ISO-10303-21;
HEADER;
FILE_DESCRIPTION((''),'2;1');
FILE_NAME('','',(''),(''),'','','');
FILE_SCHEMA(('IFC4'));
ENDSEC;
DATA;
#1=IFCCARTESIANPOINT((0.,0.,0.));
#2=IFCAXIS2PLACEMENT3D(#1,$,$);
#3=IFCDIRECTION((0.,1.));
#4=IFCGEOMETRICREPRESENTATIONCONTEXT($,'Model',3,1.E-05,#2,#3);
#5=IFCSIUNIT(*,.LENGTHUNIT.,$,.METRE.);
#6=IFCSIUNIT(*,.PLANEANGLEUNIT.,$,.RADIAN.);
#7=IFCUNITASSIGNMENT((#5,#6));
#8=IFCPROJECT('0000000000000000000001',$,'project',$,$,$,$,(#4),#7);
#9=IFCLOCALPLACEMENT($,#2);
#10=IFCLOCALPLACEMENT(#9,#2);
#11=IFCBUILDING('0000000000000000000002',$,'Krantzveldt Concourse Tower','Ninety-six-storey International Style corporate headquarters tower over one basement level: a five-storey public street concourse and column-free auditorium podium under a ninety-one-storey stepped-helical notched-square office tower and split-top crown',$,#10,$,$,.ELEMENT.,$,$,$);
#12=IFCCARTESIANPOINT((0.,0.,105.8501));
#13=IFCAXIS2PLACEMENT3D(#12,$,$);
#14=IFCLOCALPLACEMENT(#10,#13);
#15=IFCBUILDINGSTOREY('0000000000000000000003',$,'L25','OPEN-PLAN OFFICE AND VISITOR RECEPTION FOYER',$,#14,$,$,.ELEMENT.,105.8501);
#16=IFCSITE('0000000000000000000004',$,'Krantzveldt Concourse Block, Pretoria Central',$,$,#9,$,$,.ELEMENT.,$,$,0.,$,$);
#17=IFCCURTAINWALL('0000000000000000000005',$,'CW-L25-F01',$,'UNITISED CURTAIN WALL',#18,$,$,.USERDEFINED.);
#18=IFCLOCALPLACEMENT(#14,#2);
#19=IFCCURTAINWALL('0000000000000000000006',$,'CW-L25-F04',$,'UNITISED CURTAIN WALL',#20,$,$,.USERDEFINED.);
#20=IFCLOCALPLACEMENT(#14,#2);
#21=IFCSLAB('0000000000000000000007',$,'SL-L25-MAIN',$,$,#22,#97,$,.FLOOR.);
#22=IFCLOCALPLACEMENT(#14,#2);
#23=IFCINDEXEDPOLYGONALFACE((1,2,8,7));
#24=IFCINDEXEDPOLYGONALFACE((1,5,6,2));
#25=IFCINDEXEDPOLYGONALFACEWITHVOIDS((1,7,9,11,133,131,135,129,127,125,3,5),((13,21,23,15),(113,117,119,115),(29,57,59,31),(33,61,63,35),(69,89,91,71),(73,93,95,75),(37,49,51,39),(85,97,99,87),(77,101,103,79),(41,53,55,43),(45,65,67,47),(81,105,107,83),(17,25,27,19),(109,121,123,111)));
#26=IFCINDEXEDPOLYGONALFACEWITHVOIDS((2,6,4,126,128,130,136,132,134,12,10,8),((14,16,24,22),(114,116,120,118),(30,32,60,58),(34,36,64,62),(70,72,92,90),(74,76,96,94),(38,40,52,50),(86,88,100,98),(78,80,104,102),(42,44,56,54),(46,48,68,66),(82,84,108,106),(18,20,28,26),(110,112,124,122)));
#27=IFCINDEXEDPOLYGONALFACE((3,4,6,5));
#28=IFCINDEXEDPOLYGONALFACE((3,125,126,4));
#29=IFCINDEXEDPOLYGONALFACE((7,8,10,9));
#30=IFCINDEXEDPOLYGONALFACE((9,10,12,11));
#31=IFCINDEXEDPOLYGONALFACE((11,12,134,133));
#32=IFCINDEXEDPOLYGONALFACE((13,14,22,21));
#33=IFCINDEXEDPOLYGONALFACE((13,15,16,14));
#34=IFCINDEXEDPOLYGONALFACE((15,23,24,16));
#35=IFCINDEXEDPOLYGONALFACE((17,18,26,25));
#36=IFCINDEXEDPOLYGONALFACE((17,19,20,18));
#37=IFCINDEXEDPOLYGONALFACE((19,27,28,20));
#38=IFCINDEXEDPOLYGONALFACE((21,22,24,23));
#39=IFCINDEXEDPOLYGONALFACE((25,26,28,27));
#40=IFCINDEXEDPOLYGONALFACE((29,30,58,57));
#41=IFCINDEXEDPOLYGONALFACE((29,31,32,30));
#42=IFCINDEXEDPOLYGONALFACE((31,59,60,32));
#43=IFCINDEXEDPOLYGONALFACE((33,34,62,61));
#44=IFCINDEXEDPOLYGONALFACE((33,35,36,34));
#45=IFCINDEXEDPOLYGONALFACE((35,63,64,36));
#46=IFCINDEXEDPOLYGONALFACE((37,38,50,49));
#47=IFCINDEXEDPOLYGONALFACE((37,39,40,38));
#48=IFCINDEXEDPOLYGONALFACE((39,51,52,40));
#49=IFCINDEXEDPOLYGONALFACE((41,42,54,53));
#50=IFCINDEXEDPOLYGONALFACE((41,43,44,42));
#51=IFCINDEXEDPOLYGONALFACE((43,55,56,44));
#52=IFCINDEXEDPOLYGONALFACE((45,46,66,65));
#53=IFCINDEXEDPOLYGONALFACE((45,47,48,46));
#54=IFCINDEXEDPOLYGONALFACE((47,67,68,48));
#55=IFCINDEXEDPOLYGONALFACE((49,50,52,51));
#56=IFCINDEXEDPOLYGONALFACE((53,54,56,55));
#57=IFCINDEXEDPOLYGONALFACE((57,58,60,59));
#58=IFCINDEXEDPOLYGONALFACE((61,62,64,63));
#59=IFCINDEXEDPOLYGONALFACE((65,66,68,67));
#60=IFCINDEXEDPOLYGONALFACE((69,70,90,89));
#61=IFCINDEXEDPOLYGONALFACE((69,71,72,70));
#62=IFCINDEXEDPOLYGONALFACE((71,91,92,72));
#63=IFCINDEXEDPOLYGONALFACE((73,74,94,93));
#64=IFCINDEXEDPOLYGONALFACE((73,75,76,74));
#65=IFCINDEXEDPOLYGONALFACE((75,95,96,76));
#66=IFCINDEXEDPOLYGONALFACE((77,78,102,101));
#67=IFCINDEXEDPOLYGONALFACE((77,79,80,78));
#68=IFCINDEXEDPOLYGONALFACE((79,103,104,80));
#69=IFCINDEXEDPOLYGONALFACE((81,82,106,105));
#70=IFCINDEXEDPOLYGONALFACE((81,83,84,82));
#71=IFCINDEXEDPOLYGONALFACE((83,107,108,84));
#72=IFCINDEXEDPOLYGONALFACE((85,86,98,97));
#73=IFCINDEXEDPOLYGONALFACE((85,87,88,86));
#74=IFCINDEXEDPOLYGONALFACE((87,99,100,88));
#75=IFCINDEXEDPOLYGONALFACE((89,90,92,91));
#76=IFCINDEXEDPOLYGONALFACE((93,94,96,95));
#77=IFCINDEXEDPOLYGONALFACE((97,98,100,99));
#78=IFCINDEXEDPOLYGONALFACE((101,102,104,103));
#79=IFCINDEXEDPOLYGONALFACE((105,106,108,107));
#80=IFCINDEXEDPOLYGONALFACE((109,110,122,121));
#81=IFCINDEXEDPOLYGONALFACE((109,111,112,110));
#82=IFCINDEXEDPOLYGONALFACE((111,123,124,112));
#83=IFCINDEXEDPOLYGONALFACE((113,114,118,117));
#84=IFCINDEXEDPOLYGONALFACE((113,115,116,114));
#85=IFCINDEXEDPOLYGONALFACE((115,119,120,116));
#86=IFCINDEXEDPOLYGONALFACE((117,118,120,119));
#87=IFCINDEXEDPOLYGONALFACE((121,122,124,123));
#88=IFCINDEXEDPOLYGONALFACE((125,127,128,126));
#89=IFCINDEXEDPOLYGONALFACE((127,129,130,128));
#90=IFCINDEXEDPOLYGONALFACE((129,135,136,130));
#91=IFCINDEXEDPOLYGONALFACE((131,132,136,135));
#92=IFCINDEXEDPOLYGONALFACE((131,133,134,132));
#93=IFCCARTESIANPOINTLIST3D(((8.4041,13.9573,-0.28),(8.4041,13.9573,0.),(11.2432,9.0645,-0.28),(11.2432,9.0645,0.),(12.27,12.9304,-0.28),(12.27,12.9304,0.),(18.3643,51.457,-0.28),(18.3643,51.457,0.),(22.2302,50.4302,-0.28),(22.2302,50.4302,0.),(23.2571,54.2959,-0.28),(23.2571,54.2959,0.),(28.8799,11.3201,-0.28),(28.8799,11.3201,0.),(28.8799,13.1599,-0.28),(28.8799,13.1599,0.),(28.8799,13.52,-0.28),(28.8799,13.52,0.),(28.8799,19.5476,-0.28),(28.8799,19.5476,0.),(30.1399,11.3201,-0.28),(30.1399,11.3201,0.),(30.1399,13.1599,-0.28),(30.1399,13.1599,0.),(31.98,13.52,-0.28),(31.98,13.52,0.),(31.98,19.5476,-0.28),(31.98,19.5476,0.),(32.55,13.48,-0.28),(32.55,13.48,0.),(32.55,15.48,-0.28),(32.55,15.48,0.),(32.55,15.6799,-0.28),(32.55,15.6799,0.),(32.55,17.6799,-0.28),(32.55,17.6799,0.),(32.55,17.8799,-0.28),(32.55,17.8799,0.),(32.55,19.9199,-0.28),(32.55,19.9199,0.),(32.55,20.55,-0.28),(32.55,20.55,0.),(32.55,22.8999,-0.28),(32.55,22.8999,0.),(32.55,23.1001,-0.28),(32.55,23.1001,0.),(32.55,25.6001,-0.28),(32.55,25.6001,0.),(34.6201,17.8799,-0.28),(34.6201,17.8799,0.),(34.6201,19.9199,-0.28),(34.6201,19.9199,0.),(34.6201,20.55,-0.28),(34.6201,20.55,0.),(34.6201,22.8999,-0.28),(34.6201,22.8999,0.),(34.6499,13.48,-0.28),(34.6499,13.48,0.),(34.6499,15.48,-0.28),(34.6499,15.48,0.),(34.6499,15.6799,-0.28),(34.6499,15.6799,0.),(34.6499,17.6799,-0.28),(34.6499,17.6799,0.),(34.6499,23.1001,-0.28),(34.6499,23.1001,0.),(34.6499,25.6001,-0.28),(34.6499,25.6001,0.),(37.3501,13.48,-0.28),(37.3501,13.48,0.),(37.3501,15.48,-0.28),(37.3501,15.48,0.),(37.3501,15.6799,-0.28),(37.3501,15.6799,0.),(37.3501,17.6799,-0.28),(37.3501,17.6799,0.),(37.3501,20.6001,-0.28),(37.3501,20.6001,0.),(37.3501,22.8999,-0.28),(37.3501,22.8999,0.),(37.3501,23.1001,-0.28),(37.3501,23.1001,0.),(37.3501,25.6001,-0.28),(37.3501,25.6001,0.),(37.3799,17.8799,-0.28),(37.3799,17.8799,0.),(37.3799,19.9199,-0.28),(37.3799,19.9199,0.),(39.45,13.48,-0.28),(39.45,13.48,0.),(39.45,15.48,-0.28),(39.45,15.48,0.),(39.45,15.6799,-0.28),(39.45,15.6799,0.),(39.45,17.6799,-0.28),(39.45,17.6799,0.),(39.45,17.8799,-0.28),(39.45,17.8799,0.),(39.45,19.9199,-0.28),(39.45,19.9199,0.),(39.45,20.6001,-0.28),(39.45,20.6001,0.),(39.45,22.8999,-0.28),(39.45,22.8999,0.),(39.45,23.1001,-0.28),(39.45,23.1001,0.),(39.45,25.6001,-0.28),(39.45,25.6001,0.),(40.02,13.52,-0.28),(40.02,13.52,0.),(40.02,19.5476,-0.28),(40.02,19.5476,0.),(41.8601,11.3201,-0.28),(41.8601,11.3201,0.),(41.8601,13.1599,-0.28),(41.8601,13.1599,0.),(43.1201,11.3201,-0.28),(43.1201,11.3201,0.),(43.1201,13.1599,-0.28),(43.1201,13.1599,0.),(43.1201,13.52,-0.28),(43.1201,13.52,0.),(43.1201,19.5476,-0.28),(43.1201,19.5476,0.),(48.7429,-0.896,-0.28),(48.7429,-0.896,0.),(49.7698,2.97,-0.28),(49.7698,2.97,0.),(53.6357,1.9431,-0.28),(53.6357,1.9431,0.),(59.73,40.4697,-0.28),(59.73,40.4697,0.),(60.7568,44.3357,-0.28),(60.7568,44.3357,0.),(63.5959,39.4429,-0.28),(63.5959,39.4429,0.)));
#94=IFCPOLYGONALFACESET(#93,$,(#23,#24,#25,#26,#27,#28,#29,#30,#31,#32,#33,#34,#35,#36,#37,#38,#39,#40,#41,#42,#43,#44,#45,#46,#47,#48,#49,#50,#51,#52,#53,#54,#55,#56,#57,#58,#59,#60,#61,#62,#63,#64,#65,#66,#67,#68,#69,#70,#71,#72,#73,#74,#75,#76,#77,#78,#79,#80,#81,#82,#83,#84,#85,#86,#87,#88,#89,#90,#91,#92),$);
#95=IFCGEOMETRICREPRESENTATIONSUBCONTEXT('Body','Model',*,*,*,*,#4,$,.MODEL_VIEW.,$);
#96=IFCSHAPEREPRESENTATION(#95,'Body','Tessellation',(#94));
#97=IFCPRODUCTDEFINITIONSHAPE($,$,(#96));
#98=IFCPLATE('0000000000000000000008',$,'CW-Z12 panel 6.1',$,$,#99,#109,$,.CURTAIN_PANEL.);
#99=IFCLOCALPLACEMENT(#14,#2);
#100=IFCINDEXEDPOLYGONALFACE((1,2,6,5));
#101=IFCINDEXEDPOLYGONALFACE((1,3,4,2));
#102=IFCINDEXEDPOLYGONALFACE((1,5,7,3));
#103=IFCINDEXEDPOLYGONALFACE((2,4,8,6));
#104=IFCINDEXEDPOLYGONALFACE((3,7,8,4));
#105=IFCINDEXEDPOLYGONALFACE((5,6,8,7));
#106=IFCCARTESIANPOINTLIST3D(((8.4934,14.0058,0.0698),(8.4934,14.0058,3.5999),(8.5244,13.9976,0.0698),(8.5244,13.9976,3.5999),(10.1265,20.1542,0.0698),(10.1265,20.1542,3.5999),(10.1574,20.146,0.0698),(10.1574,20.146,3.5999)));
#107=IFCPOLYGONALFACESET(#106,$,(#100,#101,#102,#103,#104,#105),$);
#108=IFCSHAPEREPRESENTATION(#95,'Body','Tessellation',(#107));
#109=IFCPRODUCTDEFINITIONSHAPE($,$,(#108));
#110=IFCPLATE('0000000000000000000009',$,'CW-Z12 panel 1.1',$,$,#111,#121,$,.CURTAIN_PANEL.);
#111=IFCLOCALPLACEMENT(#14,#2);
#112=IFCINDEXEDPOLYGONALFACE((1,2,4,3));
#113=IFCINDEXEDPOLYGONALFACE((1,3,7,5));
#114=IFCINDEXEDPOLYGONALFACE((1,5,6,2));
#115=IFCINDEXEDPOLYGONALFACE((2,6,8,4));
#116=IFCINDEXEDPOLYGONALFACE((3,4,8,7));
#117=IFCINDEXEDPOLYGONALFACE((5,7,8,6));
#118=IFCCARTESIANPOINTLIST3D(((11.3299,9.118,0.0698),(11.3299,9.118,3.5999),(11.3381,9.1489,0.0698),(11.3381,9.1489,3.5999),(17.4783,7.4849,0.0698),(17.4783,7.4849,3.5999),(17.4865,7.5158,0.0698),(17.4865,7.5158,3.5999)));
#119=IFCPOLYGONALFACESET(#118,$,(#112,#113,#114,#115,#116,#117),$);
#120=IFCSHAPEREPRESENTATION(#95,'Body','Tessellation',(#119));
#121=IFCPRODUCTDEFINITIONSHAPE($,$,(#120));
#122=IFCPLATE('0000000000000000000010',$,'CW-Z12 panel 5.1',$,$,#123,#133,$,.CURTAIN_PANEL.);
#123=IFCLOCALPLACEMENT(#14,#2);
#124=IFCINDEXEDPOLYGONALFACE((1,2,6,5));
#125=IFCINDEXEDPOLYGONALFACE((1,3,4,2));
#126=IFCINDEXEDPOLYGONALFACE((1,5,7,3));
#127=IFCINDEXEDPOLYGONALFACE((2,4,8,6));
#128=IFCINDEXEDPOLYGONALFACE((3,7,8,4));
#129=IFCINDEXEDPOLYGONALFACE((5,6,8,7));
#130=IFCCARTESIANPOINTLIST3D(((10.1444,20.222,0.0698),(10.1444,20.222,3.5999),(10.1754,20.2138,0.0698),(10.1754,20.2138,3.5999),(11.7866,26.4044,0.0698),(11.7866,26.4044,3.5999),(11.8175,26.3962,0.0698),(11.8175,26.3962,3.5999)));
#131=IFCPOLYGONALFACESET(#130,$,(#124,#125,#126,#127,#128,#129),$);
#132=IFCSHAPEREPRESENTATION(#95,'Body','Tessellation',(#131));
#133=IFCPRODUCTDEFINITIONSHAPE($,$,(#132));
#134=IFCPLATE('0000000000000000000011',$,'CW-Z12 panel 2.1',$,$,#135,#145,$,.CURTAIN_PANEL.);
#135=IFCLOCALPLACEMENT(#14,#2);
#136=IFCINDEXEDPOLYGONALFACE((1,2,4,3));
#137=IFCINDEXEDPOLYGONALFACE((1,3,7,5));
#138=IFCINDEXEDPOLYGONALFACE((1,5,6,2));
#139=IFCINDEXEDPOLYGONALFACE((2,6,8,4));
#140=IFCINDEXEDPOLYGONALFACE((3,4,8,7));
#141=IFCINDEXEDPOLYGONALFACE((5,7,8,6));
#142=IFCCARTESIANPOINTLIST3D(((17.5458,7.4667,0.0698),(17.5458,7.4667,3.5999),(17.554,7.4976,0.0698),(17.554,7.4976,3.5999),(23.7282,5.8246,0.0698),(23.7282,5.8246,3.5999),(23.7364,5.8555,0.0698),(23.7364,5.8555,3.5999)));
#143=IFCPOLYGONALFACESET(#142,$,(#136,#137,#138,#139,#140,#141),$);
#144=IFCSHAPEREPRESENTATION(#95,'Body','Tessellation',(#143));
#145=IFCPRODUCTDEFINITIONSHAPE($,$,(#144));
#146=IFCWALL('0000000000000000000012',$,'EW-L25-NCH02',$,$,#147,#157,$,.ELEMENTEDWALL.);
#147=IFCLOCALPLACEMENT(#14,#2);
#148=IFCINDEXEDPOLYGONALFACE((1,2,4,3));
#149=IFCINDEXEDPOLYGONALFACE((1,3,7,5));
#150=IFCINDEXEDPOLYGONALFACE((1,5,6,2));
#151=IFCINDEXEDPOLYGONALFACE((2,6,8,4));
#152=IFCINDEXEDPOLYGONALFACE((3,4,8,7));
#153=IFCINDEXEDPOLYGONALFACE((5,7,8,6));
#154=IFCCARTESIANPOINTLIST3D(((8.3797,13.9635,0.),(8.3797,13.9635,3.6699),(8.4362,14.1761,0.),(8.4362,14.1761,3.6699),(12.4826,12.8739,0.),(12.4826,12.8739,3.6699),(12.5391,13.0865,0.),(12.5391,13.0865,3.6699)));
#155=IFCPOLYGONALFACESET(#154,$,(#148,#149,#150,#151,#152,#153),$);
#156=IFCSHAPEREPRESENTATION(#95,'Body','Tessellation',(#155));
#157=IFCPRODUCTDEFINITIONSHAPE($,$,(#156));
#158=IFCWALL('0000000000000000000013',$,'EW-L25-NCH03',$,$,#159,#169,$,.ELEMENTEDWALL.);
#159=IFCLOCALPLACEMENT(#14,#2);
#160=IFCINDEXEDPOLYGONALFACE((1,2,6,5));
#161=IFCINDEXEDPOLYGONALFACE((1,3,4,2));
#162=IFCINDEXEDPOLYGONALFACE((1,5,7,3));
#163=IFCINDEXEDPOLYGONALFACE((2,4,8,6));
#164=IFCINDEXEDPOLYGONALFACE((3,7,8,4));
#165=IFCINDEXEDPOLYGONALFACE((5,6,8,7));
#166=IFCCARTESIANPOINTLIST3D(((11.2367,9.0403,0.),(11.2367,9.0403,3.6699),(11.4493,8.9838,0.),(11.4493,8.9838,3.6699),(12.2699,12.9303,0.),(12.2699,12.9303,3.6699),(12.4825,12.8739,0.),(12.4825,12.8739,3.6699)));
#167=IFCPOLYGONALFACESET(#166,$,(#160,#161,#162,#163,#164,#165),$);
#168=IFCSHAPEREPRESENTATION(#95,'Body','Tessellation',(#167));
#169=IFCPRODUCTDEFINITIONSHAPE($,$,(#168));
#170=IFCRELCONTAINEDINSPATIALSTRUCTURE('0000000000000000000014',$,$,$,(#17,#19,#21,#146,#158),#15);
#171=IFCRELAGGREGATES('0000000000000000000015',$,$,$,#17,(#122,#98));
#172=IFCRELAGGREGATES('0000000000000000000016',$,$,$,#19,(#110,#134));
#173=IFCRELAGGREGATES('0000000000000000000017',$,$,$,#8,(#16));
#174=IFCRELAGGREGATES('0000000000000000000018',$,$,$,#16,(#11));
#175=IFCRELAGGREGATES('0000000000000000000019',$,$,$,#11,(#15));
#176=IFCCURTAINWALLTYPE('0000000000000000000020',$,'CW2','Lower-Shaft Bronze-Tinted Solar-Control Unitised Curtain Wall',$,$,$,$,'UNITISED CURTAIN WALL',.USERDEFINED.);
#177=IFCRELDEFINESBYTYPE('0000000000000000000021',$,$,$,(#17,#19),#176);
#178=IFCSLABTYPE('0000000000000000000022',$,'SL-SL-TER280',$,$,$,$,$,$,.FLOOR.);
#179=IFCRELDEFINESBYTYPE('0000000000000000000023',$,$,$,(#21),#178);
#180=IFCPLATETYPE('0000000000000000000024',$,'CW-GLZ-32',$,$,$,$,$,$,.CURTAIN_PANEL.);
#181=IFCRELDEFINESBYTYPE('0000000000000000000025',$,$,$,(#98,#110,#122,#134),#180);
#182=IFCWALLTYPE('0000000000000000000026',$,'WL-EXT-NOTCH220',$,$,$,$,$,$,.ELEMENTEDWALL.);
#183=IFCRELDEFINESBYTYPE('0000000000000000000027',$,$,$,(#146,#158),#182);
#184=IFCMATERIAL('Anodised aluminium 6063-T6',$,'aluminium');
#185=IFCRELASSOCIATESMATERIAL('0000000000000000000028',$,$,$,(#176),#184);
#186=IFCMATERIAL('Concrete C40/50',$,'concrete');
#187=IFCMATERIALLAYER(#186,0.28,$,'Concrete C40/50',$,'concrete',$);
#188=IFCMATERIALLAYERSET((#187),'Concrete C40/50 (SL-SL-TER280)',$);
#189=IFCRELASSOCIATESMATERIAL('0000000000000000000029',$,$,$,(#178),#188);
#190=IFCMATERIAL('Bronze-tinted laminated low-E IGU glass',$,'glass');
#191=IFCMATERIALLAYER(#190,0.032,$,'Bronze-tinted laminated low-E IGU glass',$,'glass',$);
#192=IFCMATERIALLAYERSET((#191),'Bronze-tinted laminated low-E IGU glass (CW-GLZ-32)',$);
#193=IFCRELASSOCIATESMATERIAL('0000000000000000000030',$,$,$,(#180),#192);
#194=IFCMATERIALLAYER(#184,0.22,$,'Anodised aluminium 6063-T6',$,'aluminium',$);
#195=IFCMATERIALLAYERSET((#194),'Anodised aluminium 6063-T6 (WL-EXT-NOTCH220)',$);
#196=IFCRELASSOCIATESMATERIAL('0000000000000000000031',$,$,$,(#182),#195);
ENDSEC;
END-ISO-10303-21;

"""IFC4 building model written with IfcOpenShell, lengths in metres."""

from ifc_helpers import new_model, si_unit, direction, frame, frame_2d, origin, origin_2d, place, context, subcontext, project, spatial, polyline, rectangle, outline, extrude, source, transform, mapped, material, layer, layer_set, type_object, type_shapes, element, aggregate, save


model = new_model("IFC4")

# Units and contexts
model_context = context("Model", 3, precision=1e-05, world=origin(), true_north=direction((0.0, 1.0)))
body_context = subcontext(model_context, "Body", "Model", "MODEL_VIEW")
ifc_project = project(units=[si_unit("LENGTHUNIT", "METRE"), si_unit("PLANEANGLEUNIT", "RADIAN")], contexts=[model_context])

# Site, building, storey
site_placement = place(None, origin())
site = spatial("IfcSite", under=ifc_project, at=site_placement, Name="Krantzveldt Concourse Block, Pretoria Central", CompositionType="ELEMENT", RefElevation=0.0)
building_placement = place(site_placement, origin())
building = spatial("IfcBuilding", under=site, at=building_placement, Name="Krantzveldt Concourse Tower", Description="Ninety-six-storey International Style corporate headquarters tower over one basement level: a five-storey public street concourse and column-free auditorium podium under a ninety-one-storey stepped-helical notched-square office tower and split-top crown", CompositionType="ELEMENT")
storey_placement = place(building_placement, frame((0.0, 0.0, 105.8501)))
storey = spatial("IfcBuildingStorey", under=building, at=storey_placement, Name="L25", Description="OPEN-PLAN OFFICE AND VISITOR RECEPTION FOYER", CompositionType="ELEMENT", Elevation=105.8501)

# Curtain walls
ifc_material_1 = material(Name="Anodised aluminium 6063-T6", Category="aluminium")
curtain_wall_type = type_object("IfcCurtainWallType", Name="CW2", Description="Lower-Shaft Bronze-Tinted Solar-Control Unitised Curtain Wall", ElementType="UNITISED CURTAIN WALL", PredefinedType="USERDEFINED", material=ifc_material_1)
curtain_wall_1_placement = place(storey_placement, origin())
curtain_wall_1 = element("IfcCurtainWall", 1, at=curtain_wall_1_placement, inside=storey, type_object=curtain_wall_type, Name="CW-L25-F01", ObjectType="UNITISED CURTAIN WALL", PredefinedType="USERDEFINED")
curtain_wall_2_placement = place(storey_placement, origin())
curtain_wall_2 = element("IfcCurtainWall", 2, at=curtain_wall_2_placement, inside=storey, type_object=curtain_wall_type, Name="CW-L25-F04", ObjectType="UNITISED CURTAIN WALL", PredefinedType="USERDEFINED")

# Slab
ifc_material_2 = material(Name="Concrete C40/50", Category="concrete")
ifc_layer_1 = layer(ifc_material_2, 0.28, Name="Concrete C40/50", Category="concrete")
ifc_layer_set_1 = layer_set([ifc_layer_1], Name="Concrete C40/50 (SL-SL-TER280)")
slab_type_1 = type_object("IfcSlabType", Name="SL-SL-TER280", PredefinedType="FLOOR", material=ifc_layer_set_1)
slab_1_placement = place(storey_placement, frame((0.0, 0.0, -0.28)))
element("IfcSlab", 3, at=slab_1_placement, inside=storey, type_object=slab_type_1, Name="SL-L25-MAIN", PredefinedType="FLOOR", context=body_context, shape_type="SweptSolid", body=[
    extrude(outline(polyline([(22.2302, 50.4302), (18.3643, 51.457), (8.4041, 13.9573), (12.27, 12.9304), (11.2432, 9.0645), (48.7429, -0.896), (49.7698, 2.97), (53.6357, 1.9431), (63.5959, 39.4429), (59.73, 40.4697), (60.7568, 44.3357), (23.2571, 54.2959), (22.2302, 50.4302)]), holes=[polyline([(28.8799, 19.5476), (28.8799, 13.52), (31.98, 13.52), (31.98, 19.5476), (28.8799, 19.5476)]), polyline([(40.02, 19.5476), (40.02, 13.52), (43.1201, 13.52), (43.1201, 19.5476), (40.02, 19.5476)]), polyline([(32.55, 23.1001), (34.6499, 23.1001), (34.6499, 25.6001), (32.55, 25.6001), (32.55, 23.1001)]), polyline([(37.3501, 23.1001), (39.45, 23.1001), (39.45, 25.6001), (37.3501, 25.6001), (37.3501, 23.1001)]), polyline([(37.3501, 20.6001), (39.45, 20.6001), (39.45, 22.8999), (37.3501, 22.8999), (37.3501, 20.6001)]), polyline([(32.55, 13.48), (34.6499, 13.48), (34.6499, 15.48), (32.55, 15.48), (32.55, 13.48)]), polyline([(32.55, 15.6799), (34.6499, 15.6799), (34.6499, 17.6799), (32.55, 17.6799), (32.55, 15.6799)]), polyline([(37.3501, 13.48), (39.45, 13.48), (39.45, 15.48), (37.3501, 15.48), (37.3501, 13.48)]), polyline([(37.3501, 15.6799), (39.45, 15.6799), (39.45, 17.6799), (37.3501, 17.6799), (37.3501, 15.6799)]), polyline([(32.55, 20.55), (34.6201, 20.55), (34.6201, 22.8999), (32.55, 22.8999), (32.55, 20.55)]), polyline([(32.55, 17.8799), (34.6201, 17.8799), (34.6201, 19.9199), (32.55, 19.9199), (32.55, 17.8799)]), polyline([(37.3799, 17.8799), (39.45, 17.8799), (39.45, 19.9199), (37.3799, 19.9199), (37.3799, 17.8799)]), polyline([(28.8799, 11.3201), (30.1399, 11.3201), (30.1399, 13.1599), (28.8799, 13.1599), (28.8799, 11.3201)]), polyline([(41.8601, 11.3201), (43.1201, 11.3201), (43.1201, 13.1599), (41.8601, 13.1599), (41.8601, 11.3201)])]), origin(), (0.0, 0.0, 1.0), 0.28),
])

# Plates
ifc_material_3 = material(Name="Bronze-tinted laminated low-E IGU glass", Category="glass")
ifc_layer_2 = layer(ifc_material_3, 0.032, Name="Bronze-tinted laminated low-E IGU glass", Category="glass")
ifc_layer_set_2 = layer_set([ifc_layer_2], Name="Bronze-tinted laminated low-E IGU glass (CW-GLZ-32)")
plate_type = type_object("IfcPlateType", Name="CW-GLZ-32", PredefinedType="CURTAIN_PANEL", material=ifc_layer_set_2)
shared_shape_1 = source(origin(), body_context, "Body", "SweptSolid", [
    extrude(rectangle(XDim=6.3616, YDim=0.032, at=origin_2d()), origin(), (0.0, 0.0, 1.0), 3.53),
])
plate_1_placement = place(storey_placement, frame((9.3254, 17.0759, 0.0698), z_axis=(0.0, 0.0, 1.0), x_axis=(-0.256711, -0.966488, 0.0)))
plate_1 = element("IfcPlate", 4, at=plate_1_placement, type_object=plate_type, Name="CW-Z12 panel 6.1", PredefinedType="CURTAIN_PANEL", context=body_context, shape_type="MappedRepresentation", body=[
    mapped(shared_shape_1, transform((0.0, 0.0, 0.0), x_axis=(1.0, 0.0, 0.0), y_axis=(0.0, 1.0, 0.0), z_axis=(0.0, 0.0, 1.0), scale=1.0)),
])
plate_2_placement = place(storey_placement, frame((14.4082, 8.3169, 0.0698), z_axis=(0.0, 0.0, 1.0), x_axis=(0.966488, -0.256711, 0.0)))
plate_2 = element("IfcPlate", 5, at=plate_2_placement, type_object=plate_type, Name="CW-Z12 panel 1.1", PredefinedType="CURTAIN_PANEL", context=body_context, shape_type="MappedRepresentation", body=[
    mapped(shared_shape_1, transform((0.0, 0.0, 0.0), x_axis=(1.0, 0.0, 0.0), y_axis=(0.0, 1.0, 0.0), z_axis=(0.0, 0.0, 1.0), scale=1.0)),
])
shared_shape_2 = source(origin(), body_context, "Body", "SweptSolid", [
    extrude(rectangle(XDim=6.3967, YDim=0.032, at=origin_2d()), origin(), (0.0, 0.0, 1.0), 3.53),
])
type_shapes(plate_type, [shared_shape_1, shared_shape_2])
plate_3_placement = place(storey_placement, frame((10.981, 23.3091, 0.0698), z_axis=(0.0, 0.0, 1.0), x_axis=(-0.256711, -0.966488, 0.0)))
plate_3 = element("IfcPlate", 6, at=plate_3_placement, type_object=plate_type, Name="CW-Z12 panel 5.1", PredefinedType="CURTAIN_PANEL", context=body_context, shape_type="MappedRepresentation", body=[
    mapped(shared_shape_2, transform((0.0, 0.0, 0.0), x_axis=(1.0, 0.0, 0.0), y_axis=(0.0, 1.0, 0.0), z_axis=(0.0, 0.0, 1.0), scale=1.0)),
])
aggregate(curtain_wall_1, [plate_3, plate_1])
plate_4_placement = place(storey_placement, frame((20.6411, 6.6611, 0.0698), z_axis=(0.0, 0.0, 1.0), x_axis=(0.966488, -0.256711, 0.0)))
plate_4 = element("IfcPlate", 7, at=plate_4_placement, type_object=plate_type, Name="CW-Z12 panel 2.1", PredefinedType="CURTAIN_PANEL", context=body_context, shape_type="MappedRepresentation", body=[
    mapped(shared_shape_2, transform((0.0, 0.0, 0.0), x_axis=(1.0, 0.0, 0.0), y_axis=(0.0, 1.0, 0.0), z_axis=(0.0, 0.0, 1.0), scale=1.0)),
])
aggregate(curtain_wall_2, [plate_2, plate_4])

# Walls
ifc_layer_3 = layer(ifc_material_1, 0.22, Name="Anodised aluminium 6063-T6", Category="aluminium")
ifc_layer_set_3 = layer_set([ifc_layer_3], Name="Anodised aluminium 6063-T6 (WL-EXT-NOTCH220)")
wall_type = type_object("IfcWallType", Name="WL-EXT-NOTCH220", PredefinedType="ELEMENTEDWALL", material=ifc_layer_set_3)
wall_1_placement = place(storey_placement, frame((8.408, 14.0698, 0.0), z_axis=(0.0, 0.0, 1.0), x_axis=(0.966497, -0.256678, 0.0)))
element("IfcWall", 8, at=wall_1_placement, inside=storey, type_object=wall_type, Name="EW-L25-NCH02", PredefinedType="ELEMENTEDWALL", context=body_context, shape_type="SweptSolid", body=[
    extrude(rectangle(XDim=4.2451, YDim=0.22, at=frame_2d((2.1226, 0.0))), origin(), (0.0, 0.0, 1.0), 3.6699),
])
wall_2_placement = place(storey_placement, frame((12.3762, 12.9021, 0.0), z_axis=(0.0, 0.0, 1.0), x_axis=(-0.256696, -0.966492, 0.0)))
element("IfcWall", 9, at=wall_2_placement, inside=storey, type_object=wall_type, Name="EW-L25-NCH03", PredefinedType="ELEMENTEDWALL", context=body_context, shape_type="SweptSolid", body=[
    extrude(rectangle(XDim=4.0249, YDim=0.22, at=frame_2d((2.0125, 0.0))), origin(), (0.0, 0.0, 1.0), 3.6699),
])

save(model, "model.ifc")
